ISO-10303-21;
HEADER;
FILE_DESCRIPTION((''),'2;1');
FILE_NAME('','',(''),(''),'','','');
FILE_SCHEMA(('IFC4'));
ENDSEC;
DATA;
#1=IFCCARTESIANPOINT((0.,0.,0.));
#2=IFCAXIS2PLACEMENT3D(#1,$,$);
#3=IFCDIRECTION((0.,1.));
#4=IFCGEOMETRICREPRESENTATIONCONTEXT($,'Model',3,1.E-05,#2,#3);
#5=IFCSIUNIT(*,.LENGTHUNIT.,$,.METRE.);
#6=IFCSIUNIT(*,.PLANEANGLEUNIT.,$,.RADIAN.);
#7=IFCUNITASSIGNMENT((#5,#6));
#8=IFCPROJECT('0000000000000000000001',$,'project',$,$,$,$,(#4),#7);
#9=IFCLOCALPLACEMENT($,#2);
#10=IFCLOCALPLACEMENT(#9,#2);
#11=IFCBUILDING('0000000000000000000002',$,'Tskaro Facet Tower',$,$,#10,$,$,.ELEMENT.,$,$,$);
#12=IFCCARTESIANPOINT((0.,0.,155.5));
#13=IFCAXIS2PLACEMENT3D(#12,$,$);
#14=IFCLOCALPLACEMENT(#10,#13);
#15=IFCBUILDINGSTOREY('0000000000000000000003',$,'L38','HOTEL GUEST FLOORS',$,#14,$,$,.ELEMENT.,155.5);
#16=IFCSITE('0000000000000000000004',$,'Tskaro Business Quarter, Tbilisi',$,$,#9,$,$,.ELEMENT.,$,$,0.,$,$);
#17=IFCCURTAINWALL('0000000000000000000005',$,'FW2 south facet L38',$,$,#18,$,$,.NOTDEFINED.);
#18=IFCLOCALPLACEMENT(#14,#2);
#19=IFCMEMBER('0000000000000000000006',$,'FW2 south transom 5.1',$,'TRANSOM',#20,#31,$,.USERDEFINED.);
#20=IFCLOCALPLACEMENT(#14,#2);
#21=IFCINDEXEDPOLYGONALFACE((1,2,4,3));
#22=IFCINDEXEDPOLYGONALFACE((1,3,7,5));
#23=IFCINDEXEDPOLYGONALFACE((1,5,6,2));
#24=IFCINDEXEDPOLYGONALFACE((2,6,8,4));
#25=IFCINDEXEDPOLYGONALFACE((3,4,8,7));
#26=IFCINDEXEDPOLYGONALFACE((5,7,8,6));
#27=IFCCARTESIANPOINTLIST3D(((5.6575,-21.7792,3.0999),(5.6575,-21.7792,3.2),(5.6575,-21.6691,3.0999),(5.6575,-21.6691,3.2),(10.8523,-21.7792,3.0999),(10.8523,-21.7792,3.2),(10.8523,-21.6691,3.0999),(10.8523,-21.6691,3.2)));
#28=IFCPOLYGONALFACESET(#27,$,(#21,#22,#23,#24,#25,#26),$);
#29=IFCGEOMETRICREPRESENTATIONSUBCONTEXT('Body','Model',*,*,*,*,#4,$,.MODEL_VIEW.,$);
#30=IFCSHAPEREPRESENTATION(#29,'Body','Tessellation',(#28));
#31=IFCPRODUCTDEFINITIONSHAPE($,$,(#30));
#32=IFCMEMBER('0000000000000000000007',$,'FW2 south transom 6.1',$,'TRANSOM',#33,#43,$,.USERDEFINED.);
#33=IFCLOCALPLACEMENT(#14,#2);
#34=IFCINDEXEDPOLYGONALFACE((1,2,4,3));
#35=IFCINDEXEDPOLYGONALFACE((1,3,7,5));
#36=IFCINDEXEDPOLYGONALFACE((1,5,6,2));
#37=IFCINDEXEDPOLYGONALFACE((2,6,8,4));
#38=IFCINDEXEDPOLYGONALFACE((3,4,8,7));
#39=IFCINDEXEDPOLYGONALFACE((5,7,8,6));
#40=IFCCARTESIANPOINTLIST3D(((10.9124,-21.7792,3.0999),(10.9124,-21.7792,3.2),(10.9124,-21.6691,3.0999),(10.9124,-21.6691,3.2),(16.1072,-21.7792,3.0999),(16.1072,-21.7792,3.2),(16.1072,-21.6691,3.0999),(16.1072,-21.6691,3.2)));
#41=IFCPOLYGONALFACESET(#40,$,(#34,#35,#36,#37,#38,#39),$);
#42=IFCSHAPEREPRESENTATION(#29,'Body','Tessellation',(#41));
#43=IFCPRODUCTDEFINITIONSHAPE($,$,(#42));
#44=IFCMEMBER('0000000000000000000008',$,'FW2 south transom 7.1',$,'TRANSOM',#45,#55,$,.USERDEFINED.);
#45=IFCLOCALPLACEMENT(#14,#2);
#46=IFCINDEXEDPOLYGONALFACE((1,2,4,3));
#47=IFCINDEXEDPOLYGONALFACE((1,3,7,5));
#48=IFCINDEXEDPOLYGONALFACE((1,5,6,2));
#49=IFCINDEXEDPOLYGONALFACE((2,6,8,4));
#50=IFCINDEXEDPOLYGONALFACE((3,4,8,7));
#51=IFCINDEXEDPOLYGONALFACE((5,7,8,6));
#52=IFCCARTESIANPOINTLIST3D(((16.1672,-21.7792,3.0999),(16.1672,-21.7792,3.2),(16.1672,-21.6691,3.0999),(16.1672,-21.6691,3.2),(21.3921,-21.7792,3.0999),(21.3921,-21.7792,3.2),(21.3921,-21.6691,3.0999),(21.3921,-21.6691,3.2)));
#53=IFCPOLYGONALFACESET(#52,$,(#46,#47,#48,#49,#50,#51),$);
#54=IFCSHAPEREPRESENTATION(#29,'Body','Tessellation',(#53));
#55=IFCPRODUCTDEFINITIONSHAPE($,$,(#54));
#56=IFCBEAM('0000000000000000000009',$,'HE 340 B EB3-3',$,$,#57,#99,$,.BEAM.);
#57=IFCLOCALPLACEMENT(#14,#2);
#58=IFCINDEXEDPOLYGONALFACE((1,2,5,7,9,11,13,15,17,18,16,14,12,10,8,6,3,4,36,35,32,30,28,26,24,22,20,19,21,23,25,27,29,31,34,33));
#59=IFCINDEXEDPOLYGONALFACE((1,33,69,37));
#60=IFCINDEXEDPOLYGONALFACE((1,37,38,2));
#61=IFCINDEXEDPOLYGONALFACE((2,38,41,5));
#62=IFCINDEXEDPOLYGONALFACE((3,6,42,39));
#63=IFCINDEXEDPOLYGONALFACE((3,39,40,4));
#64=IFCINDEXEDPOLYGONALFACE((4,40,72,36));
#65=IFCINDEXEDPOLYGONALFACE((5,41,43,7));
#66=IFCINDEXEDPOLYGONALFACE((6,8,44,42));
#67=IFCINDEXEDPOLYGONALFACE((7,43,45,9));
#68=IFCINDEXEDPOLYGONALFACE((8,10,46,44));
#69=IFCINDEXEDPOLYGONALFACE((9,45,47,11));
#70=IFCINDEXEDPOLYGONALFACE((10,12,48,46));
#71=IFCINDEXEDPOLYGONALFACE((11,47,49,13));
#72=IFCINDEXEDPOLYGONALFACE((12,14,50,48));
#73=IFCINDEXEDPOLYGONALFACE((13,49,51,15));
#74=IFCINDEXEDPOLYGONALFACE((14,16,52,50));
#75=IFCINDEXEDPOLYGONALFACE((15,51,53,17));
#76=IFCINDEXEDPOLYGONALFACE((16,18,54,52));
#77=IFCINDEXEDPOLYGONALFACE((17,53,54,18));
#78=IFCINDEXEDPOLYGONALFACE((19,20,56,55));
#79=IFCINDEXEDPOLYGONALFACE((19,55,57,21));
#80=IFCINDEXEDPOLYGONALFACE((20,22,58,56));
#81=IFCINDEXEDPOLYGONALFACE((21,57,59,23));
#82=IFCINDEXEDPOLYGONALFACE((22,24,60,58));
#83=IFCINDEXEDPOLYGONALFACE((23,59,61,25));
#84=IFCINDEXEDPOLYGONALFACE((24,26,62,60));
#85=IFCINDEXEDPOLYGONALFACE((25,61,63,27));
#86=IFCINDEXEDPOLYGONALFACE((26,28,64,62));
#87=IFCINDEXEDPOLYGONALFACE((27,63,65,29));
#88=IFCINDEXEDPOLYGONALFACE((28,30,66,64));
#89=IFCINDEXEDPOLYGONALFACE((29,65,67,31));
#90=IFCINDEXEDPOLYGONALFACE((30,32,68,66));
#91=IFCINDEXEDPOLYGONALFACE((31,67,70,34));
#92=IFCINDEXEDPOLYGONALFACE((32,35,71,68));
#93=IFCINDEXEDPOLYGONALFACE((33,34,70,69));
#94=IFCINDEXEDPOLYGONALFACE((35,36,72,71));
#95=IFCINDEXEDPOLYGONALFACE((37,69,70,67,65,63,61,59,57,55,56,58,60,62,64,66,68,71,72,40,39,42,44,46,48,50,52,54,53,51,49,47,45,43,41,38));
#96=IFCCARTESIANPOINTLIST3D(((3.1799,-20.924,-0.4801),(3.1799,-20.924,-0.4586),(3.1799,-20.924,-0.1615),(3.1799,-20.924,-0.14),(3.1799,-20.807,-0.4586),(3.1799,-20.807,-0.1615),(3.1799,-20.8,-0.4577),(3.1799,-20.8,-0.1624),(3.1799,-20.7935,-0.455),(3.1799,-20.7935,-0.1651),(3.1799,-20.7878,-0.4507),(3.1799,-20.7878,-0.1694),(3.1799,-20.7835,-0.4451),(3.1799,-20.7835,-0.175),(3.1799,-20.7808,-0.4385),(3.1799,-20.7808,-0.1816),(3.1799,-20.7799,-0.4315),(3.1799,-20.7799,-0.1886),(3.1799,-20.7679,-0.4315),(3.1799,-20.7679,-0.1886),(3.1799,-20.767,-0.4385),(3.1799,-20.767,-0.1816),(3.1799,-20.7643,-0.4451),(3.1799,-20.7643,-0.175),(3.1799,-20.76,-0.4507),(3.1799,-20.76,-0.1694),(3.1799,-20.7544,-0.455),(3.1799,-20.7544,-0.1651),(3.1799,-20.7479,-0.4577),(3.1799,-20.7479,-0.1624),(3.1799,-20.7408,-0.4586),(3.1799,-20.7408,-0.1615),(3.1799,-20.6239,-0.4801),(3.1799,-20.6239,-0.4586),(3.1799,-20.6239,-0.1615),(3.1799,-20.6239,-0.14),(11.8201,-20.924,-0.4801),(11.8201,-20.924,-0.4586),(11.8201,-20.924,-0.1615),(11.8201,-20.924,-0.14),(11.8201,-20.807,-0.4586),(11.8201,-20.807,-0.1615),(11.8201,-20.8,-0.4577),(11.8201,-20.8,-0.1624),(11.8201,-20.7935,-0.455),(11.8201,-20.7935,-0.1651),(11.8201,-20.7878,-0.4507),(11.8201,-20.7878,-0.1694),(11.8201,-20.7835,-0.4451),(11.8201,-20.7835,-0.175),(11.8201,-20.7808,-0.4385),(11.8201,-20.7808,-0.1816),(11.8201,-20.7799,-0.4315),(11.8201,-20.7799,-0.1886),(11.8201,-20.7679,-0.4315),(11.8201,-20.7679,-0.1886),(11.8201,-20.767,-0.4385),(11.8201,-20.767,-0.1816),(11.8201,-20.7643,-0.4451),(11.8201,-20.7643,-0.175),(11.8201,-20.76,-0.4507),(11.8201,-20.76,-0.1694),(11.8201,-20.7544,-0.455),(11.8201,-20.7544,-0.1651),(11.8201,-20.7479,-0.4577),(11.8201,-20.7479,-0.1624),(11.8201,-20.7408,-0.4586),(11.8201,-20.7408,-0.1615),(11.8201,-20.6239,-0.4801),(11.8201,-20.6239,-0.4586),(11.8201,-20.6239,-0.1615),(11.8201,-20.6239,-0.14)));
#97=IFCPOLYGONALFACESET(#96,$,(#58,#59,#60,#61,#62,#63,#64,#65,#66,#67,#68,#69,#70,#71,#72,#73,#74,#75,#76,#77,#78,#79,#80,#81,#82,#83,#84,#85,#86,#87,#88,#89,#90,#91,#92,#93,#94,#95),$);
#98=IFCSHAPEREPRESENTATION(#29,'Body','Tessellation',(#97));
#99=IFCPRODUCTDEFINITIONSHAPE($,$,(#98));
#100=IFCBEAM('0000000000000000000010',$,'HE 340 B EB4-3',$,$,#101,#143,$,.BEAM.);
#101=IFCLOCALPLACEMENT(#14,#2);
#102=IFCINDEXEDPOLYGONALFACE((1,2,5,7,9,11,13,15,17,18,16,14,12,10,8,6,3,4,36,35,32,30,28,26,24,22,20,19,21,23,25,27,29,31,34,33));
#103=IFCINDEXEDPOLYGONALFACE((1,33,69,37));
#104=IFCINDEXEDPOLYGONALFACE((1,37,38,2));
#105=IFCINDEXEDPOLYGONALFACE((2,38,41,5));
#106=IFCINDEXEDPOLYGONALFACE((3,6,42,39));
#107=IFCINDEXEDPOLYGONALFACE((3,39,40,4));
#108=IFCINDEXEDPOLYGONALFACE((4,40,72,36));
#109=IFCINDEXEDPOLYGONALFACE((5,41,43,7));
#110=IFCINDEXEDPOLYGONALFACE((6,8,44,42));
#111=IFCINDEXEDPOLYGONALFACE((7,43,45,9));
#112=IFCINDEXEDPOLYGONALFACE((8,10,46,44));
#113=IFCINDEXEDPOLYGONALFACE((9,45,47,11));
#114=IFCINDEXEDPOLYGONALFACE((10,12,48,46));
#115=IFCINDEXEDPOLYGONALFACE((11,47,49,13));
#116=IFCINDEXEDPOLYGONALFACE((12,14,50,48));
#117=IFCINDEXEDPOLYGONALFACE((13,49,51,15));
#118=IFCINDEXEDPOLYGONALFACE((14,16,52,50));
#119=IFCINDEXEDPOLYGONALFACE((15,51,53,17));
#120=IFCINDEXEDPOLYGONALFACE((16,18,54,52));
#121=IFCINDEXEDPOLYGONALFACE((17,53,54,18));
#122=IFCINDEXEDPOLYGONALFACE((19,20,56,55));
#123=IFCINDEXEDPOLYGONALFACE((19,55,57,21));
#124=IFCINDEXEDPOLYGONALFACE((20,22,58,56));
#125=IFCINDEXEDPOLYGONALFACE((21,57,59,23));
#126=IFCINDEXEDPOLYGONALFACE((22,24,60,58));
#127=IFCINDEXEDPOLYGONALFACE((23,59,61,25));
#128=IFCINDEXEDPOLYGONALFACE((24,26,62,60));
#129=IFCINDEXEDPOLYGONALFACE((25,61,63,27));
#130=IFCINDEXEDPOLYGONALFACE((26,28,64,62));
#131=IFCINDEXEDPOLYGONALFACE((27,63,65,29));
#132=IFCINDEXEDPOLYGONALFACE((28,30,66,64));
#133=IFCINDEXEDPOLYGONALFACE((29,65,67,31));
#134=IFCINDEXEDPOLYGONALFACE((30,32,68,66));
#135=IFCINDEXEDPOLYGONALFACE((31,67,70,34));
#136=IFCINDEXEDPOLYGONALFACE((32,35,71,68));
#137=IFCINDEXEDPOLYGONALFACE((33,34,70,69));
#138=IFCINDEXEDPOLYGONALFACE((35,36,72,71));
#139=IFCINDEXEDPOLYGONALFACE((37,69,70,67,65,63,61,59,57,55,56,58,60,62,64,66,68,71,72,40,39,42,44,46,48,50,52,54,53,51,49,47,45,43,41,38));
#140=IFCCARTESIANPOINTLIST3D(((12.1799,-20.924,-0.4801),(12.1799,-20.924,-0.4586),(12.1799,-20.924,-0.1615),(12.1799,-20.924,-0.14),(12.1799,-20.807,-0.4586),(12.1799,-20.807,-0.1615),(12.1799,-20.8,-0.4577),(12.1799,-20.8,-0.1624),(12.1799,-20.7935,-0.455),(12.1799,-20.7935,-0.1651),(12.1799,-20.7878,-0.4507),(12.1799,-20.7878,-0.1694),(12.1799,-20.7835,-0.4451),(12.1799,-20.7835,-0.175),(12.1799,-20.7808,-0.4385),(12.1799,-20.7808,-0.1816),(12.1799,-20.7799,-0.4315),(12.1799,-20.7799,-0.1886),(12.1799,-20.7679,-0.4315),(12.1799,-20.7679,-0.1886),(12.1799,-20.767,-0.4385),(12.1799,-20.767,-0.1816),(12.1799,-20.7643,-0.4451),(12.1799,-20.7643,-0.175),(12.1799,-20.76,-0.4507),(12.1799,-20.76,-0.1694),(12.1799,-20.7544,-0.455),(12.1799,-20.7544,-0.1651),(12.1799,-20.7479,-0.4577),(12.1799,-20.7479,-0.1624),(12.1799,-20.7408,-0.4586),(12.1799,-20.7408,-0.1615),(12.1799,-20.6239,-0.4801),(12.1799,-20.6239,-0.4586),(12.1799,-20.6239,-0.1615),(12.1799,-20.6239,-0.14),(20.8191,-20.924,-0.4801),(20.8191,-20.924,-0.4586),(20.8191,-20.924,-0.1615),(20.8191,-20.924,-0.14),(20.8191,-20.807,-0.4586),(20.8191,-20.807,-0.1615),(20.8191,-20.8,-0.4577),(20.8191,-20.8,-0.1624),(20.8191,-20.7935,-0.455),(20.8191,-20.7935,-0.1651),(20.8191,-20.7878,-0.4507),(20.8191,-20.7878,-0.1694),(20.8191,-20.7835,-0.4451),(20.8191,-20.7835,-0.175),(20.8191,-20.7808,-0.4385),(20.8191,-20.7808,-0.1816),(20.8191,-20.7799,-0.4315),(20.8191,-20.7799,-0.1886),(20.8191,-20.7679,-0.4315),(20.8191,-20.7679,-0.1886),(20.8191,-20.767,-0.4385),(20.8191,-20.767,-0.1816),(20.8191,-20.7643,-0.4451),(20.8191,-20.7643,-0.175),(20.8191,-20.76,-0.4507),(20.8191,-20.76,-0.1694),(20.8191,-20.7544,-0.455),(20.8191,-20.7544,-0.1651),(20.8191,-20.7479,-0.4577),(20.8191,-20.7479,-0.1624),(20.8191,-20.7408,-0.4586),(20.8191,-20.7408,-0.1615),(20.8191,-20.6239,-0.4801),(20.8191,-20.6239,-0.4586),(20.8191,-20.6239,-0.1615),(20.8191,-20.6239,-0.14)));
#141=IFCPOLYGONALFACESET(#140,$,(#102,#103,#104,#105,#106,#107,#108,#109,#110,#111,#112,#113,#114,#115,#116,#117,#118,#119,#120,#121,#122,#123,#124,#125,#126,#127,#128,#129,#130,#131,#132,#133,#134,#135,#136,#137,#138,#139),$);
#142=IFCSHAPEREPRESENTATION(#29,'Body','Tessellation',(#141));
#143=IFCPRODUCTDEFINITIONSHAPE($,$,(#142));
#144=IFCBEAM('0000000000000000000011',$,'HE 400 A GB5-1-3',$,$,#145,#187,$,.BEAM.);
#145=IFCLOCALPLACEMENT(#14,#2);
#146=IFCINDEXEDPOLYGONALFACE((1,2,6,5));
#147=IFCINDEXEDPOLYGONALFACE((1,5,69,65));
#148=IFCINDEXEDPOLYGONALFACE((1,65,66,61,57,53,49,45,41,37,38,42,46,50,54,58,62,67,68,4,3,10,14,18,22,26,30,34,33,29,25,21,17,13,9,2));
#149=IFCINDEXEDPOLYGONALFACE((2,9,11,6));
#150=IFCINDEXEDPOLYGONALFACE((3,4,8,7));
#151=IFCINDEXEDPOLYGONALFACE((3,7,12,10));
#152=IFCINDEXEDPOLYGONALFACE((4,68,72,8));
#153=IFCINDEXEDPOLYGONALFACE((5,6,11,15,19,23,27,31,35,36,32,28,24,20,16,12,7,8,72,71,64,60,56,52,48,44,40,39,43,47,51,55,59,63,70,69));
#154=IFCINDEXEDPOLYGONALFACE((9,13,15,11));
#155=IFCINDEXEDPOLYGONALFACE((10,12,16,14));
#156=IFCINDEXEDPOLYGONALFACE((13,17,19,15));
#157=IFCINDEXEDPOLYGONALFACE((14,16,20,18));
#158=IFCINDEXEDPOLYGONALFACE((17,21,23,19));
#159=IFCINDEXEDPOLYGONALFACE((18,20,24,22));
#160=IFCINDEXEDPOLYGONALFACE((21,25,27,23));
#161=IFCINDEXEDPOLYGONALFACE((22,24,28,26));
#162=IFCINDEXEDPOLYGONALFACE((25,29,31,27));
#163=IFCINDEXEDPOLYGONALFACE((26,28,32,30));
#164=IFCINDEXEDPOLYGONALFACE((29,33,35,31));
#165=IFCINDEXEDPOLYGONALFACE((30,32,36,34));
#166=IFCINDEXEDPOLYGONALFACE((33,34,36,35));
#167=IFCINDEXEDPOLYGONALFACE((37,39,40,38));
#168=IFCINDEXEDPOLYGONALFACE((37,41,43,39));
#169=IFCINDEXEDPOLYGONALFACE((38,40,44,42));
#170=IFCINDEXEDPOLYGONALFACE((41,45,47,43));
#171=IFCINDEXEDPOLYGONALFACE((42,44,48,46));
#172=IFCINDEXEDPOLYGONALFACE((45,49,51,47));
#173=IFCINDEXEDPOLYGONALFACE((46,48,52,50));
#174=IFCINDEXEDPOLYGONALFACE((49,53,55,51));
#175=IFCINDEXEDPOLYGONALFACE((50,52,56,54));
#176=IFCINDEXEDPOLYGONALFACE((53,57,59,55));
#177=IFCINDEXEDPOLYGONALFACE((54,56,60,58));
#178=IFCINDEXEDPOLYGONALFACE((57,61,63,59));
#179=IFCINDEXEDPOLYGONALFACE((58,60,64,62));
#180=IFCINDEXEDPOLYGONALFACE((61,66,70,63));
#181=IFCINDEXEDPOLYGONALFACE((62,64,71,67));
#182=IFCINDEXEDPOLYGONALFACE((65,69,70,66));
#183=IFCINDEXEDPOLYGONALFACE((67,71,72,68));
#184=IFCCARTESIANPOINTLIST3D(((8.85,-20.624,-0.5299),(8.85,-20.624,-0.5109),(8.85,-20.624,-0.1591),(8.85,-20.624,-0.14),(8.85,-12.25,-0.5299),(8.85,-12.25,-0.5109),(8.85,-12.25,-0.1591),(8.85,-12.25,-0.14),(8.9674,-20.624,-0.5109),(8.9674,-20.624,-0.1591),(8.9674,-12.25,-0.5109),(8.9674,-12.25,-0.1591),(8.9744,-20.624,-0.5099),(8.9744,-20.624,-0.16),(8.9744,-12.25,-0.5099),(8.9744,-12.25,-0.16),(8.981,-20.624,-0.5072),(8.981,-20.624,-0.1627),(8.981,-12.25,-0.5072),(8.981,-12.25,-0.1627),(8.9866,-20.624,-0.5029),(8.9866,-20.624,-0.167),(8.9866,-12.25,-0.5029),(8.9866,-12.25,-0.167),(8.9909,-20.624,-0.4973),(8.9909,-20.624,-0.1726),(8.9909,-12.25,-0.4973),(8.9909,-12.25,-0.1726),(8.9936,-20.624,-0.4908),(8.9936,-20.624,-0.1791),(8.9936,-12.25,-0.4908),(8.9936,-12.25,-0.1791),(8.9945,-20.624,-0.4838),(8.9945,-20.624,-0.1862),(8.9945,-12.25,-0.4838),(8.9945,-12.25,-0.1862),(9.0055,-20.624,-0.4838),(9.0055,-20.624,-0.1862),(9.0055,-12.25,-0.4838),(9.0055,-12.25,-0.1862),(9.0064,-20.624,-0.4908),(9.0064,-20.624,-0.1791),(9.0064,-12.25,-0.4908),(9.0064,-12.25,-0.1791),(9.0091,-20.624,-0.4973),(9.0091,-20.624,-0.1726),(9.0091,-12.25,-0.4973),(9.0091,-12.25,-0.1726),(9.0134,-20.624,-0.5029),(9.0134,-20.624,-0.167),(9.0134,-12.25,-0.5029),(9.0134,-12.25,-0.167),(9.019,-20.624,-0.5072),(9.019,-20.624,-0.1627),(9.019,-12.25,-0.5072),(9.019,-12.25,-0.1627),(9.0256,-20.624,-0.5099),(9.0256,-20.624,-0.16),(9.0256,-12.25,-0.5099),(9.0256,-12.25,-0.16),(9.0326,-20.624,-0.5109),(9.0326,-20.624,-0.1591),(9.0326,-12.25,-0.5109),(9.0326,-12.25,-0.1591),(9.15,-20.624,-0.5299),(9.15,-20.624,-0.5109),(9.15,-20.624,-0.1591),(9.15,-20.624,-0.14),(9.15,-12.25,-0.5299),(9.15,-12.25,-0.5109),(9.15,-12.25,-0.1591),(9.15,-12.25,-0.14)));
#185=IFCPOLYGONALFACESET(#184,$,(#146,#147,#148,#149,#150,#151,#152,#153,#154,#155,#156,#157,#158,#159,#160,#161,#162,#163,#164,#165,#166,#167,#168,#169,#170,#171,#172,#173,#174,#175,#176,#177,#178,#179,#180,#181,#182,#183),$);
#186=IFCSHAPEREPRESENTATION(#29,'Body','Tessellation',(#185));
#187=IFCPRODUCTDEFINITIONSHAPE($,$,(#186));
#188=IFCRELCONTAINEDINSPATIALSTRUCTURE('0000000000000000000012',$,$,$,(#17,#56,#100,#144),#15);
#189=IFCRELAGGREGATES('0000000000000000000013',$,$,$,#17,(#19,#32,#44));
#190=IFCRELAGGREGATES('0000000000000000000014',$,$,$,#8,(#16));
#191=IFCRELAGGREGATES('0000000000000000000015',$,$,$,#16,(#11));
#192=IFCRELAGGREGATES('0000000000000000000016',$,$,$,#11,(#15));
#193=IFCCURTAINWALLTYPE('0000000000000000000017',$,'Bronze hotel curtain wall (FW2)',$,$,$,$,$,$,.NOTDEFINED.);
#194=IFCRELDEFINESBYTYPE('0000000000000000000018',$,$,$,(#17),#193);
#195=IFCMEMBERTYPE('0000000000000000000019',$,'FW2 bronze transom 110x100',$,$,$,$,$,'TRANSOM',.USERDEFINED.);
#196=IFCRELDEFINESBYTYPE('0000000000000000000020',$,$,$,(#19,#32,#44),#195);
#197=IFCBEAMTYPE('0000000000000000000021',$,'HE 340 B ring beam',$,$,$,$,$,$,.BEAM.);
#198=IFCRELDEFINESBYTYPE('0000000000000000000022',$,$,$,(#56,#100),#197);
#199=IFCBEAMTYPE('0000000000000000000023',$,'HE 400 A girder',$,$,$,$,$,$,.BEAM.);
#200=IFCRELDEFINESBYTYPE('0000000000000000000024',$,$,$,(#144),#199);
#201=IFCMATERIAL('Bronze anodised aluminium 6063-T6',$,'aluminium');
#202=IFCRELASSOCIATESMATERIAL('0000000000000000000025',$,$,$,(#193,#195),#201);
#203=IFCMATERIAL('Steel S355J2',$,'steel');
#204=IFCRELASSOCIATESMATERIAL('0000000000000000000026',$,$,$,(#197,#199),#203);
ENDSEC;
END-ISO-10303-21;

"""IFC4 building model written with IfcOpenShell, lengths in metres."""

from ifc_helpers import new_model, si_unit, direction, frame, origin, origin_2d, place, context, subcontext, project, spatial, rectangle, i_section, extrude, material, material_profile, profile_set, type_object, element, aggregate, save


model = new_model("IFC4")

# Units and contexts
model_context = context("Model", 3, precision=1e-05, world=origin(), true_north=direction((0.0, 1.0)))
body_context = subcontext(model_context, "Body", "Model", "MODEL_VIEW")
ifc_project = project(units=[si_unit("LENGTHUNIT", "METRE"), si_unit("PLANEANGLEUNIT", "RADIAN")], contexts=[model_context])

# Site, building, storey
site_placement = place(None, origin())
site = spatial("IfcSite", under=ifc_project, at=site_placement, Name="Tskaro Business Quarter, Tbilisi", CompositionType="ELEMENT", RefElevation=0.0)
building_placement = place(site_placement, origin())
building = spatial("IfcBuilding", under=site, at=building_placement, Name="Tskaro Facet Tower", CompositionType="ELEMENT")
storey_placement = place(building_placement, frame((0.0, 0.0, 155.5)))
storey = spatial("IfcBuildingStorey", under=building, at=storey_placement, Name="L38", Description="HOTEL GUEST FLOORS", CompositionType="ELEMENT", Elevation=155.5)

# Curtain wall, members
ifc_material_1 = material(Name="Bronze anodised aluminium 6063-T6", Category="aluminium")
curtain_wall_type = type_object("IfcCurtainWallType", Name="Bronze hotel curtain wall (FW2)", PredefinedType="NOTDEFINED", material=ifc_material_1)
curtain_wall_placement = place(storey_placement, origin())
curtain_wall = element("IfcCurtainWall", 1, at=curtain_wall_placement, inside=storey, type_object=curtain_wall_type, Name="FW2 south facet L38", PredefinedType="NOTDEFINED")
ifc_material_profile_1 = material_profile(ifc_material_1, rectangle(XDim=0.1101, YDim=0.1001, at=origin_2d()), Name="Transom 110x100")
ifc_profile_set_1 = profile_set([ifc_material_profile_1], Name="Bronze anodised aluminium 6063-T6")
member_type_1 = type_object("IfcMemberType", Name="FW2 bronze transom 110x100", ElementType="TRANSOM", PredefinedType="USERDEFINED", material=ifc_profile_set_1)
member_1_placement = place(storey_placement, frame((5.6575, -21.7241, 3.1499), z_axis=(1.0, 0.0, 0.0), x_axis=(0.0, 1.0, 0.0)))
member_1 = element("IfcMember", 2, at=member_1_placement, type_object=member_type_1, Name="FW2 south transom 5.1", ObjectType="TRANSOM", PredefinedType="USERDEFINED", context=body_context, shape_type="SweptSolid", body=[
    extrude(rectangle(XDim=0.1101, YDim=0.1001, at=origin_2d()), origin(), (0.0, 0.0, 1.0), 5.1948),
])
member_2_placement = place(storey_placement, frame((10.9124, -21.7241, 3.1499), z_axis=(1.0, 0.0, 0.0), x_axis=(0.0, 1.0, 0.0)))
member_2 = element("IfcMember", 3, at=member_2_placement, type_object=member_type_1, Name="FW2 south transom 6.1", ObjectType="TRANSOM", PredefinedType="USERDEFINED", context=body_context, shape_type="SweptSolid", body=[
    extrude(rectangle(XDim=0.1101, YDim=0.1001, at=origin_2d()), origin(), (0.0, 0.0, 1.0), 5.1948),
])
member_3_placement = place(storey_placement, frame((16.1672, -21.7241, 3.1499), z_axis=(1.0, 0.0, 0.0), x_axis=(0.0, 1.0, 0.0)))
member_3 = element("IfcMember", 4, at=member_3_placement, type_object=member_type_1, Name="FW2 south transom 7.1", ObjectType="TRANSOM", PredefinedType="USERDEFINED", context=body_context, shape_type="SweptSolid", body=[
    extrude(rectangle(XDim=0.1101, YDim=0.1001, at=origin_2d()), origin(), (0.0, 0.0, 1.0), 5.2249),
])

# Beams
ifc_material_2 = material(Name="Steel S355J2", Category="steel")
ifc_material_profile_2 = material_profile(ifc_material_2, i_section(OverallWidth=0.3, OverallDepth=0.3401, WebThickness=0.012, FlangeThickness=0.0215, FilletRadius=0.0271, at=origin_2d()), Name="HE 340 B")
ifc_profile_set_2 = profile_set([ifc_material_profile_2], Name="Steel S355J2")
beam_type_1 = type_object("IfcBeamType", Name="HE 340 B ring beam", PredefinedType="BEAM", material=ifc_profile_set_2)
beam_1_placement = place(storey_placement, frame((3.1799, -20.7739, -0.3101), z_axis=(1.0, 0.0, 0.0), x_axis=(0.0, 1.0, 0.0)))
element("IfcBeam", 5, at=beam_1_placement, inside=storey, type_object=beam_type_1, Name="HE 340 B EB3-3", PredefinedType="BEAM", context=body_context, shape_type="SweptSolid", body=[
    extrude(i_section(OverallWidth=0.3, OverallDepth=0.3401, WebThickness=0.012, FlangeThickness=0.0215, FilletRadius=0.0271, at=origin_2d()), origin(), (0.0, 0.0, 1.0), 8.6401),
])
beam_2_placement = place(storey_placement, frame((12.1799, -20.7739, -0.3101), z_axis=(1.0, 0.0, 0.0), x_axis=(0.0, 1.0, 0.0)))
element("IfcBeam", 6, at=beam_2_placement, inside=storey, type_object=beam_type_1, Name="HE 340 B EB4-3", PredefinedType="BEAM", context=body_context, shape_type="SweptSolid", body=[
    extrude(i_section(OverallWidth=0.3, OverallDepth=0.3401, WebThickness=0.012, FlangeThickness=0.0215, FilletRadius=0.0271, at=origin_2d()), origin(), (0.0, 0.0, 1.0), 8.6392),
])
ifc_material_profile_3 = material_profile(ifc_material_2, i_section(OverallWidth=0.3, OverallDepth=0.3899, WebThickness=0.011, FlangeThickness=0.019, FilletRadius=0.0271, at=origin_2d()), Name="HE 400 A")
ifc_profile_set_3 = profile_set([ifc_material_profile_3], Name="Steel S355J2")
beam_type_2 = type_object("IfcBeamType", Name="HE 400 A girder", PredefinedType="BEAM", material=ifc_profile_set_3)
beam_3_placement = place(storey_placement, frame((9.0, -20.624, -0.335), z_axis=(0.0, 1.0, 0.0), x_axis=(-1.0, 0.0, 0.0)))
element("IfcBeam", 7, at=beam_3_placement, inside=storey, type_object=beam_type_2, Name="HE 400 A GB5-1-3", PredefinedType="BEAM", context=body_context, shape_type="SweptSolid", body=[
    extrude(i_section(OverallWidth=0.3, OverallDepth=0.3899, WebThickness=0.011, FlangeThickness=0.019, FilletRadius=0.0271, at=origin_2d()), origin(), (0.0, 0.0, 1.0), 8.374),
])

aggregate(curtain_wall, [member_1, member_2, member_3])

save(model, "model.ifc")
